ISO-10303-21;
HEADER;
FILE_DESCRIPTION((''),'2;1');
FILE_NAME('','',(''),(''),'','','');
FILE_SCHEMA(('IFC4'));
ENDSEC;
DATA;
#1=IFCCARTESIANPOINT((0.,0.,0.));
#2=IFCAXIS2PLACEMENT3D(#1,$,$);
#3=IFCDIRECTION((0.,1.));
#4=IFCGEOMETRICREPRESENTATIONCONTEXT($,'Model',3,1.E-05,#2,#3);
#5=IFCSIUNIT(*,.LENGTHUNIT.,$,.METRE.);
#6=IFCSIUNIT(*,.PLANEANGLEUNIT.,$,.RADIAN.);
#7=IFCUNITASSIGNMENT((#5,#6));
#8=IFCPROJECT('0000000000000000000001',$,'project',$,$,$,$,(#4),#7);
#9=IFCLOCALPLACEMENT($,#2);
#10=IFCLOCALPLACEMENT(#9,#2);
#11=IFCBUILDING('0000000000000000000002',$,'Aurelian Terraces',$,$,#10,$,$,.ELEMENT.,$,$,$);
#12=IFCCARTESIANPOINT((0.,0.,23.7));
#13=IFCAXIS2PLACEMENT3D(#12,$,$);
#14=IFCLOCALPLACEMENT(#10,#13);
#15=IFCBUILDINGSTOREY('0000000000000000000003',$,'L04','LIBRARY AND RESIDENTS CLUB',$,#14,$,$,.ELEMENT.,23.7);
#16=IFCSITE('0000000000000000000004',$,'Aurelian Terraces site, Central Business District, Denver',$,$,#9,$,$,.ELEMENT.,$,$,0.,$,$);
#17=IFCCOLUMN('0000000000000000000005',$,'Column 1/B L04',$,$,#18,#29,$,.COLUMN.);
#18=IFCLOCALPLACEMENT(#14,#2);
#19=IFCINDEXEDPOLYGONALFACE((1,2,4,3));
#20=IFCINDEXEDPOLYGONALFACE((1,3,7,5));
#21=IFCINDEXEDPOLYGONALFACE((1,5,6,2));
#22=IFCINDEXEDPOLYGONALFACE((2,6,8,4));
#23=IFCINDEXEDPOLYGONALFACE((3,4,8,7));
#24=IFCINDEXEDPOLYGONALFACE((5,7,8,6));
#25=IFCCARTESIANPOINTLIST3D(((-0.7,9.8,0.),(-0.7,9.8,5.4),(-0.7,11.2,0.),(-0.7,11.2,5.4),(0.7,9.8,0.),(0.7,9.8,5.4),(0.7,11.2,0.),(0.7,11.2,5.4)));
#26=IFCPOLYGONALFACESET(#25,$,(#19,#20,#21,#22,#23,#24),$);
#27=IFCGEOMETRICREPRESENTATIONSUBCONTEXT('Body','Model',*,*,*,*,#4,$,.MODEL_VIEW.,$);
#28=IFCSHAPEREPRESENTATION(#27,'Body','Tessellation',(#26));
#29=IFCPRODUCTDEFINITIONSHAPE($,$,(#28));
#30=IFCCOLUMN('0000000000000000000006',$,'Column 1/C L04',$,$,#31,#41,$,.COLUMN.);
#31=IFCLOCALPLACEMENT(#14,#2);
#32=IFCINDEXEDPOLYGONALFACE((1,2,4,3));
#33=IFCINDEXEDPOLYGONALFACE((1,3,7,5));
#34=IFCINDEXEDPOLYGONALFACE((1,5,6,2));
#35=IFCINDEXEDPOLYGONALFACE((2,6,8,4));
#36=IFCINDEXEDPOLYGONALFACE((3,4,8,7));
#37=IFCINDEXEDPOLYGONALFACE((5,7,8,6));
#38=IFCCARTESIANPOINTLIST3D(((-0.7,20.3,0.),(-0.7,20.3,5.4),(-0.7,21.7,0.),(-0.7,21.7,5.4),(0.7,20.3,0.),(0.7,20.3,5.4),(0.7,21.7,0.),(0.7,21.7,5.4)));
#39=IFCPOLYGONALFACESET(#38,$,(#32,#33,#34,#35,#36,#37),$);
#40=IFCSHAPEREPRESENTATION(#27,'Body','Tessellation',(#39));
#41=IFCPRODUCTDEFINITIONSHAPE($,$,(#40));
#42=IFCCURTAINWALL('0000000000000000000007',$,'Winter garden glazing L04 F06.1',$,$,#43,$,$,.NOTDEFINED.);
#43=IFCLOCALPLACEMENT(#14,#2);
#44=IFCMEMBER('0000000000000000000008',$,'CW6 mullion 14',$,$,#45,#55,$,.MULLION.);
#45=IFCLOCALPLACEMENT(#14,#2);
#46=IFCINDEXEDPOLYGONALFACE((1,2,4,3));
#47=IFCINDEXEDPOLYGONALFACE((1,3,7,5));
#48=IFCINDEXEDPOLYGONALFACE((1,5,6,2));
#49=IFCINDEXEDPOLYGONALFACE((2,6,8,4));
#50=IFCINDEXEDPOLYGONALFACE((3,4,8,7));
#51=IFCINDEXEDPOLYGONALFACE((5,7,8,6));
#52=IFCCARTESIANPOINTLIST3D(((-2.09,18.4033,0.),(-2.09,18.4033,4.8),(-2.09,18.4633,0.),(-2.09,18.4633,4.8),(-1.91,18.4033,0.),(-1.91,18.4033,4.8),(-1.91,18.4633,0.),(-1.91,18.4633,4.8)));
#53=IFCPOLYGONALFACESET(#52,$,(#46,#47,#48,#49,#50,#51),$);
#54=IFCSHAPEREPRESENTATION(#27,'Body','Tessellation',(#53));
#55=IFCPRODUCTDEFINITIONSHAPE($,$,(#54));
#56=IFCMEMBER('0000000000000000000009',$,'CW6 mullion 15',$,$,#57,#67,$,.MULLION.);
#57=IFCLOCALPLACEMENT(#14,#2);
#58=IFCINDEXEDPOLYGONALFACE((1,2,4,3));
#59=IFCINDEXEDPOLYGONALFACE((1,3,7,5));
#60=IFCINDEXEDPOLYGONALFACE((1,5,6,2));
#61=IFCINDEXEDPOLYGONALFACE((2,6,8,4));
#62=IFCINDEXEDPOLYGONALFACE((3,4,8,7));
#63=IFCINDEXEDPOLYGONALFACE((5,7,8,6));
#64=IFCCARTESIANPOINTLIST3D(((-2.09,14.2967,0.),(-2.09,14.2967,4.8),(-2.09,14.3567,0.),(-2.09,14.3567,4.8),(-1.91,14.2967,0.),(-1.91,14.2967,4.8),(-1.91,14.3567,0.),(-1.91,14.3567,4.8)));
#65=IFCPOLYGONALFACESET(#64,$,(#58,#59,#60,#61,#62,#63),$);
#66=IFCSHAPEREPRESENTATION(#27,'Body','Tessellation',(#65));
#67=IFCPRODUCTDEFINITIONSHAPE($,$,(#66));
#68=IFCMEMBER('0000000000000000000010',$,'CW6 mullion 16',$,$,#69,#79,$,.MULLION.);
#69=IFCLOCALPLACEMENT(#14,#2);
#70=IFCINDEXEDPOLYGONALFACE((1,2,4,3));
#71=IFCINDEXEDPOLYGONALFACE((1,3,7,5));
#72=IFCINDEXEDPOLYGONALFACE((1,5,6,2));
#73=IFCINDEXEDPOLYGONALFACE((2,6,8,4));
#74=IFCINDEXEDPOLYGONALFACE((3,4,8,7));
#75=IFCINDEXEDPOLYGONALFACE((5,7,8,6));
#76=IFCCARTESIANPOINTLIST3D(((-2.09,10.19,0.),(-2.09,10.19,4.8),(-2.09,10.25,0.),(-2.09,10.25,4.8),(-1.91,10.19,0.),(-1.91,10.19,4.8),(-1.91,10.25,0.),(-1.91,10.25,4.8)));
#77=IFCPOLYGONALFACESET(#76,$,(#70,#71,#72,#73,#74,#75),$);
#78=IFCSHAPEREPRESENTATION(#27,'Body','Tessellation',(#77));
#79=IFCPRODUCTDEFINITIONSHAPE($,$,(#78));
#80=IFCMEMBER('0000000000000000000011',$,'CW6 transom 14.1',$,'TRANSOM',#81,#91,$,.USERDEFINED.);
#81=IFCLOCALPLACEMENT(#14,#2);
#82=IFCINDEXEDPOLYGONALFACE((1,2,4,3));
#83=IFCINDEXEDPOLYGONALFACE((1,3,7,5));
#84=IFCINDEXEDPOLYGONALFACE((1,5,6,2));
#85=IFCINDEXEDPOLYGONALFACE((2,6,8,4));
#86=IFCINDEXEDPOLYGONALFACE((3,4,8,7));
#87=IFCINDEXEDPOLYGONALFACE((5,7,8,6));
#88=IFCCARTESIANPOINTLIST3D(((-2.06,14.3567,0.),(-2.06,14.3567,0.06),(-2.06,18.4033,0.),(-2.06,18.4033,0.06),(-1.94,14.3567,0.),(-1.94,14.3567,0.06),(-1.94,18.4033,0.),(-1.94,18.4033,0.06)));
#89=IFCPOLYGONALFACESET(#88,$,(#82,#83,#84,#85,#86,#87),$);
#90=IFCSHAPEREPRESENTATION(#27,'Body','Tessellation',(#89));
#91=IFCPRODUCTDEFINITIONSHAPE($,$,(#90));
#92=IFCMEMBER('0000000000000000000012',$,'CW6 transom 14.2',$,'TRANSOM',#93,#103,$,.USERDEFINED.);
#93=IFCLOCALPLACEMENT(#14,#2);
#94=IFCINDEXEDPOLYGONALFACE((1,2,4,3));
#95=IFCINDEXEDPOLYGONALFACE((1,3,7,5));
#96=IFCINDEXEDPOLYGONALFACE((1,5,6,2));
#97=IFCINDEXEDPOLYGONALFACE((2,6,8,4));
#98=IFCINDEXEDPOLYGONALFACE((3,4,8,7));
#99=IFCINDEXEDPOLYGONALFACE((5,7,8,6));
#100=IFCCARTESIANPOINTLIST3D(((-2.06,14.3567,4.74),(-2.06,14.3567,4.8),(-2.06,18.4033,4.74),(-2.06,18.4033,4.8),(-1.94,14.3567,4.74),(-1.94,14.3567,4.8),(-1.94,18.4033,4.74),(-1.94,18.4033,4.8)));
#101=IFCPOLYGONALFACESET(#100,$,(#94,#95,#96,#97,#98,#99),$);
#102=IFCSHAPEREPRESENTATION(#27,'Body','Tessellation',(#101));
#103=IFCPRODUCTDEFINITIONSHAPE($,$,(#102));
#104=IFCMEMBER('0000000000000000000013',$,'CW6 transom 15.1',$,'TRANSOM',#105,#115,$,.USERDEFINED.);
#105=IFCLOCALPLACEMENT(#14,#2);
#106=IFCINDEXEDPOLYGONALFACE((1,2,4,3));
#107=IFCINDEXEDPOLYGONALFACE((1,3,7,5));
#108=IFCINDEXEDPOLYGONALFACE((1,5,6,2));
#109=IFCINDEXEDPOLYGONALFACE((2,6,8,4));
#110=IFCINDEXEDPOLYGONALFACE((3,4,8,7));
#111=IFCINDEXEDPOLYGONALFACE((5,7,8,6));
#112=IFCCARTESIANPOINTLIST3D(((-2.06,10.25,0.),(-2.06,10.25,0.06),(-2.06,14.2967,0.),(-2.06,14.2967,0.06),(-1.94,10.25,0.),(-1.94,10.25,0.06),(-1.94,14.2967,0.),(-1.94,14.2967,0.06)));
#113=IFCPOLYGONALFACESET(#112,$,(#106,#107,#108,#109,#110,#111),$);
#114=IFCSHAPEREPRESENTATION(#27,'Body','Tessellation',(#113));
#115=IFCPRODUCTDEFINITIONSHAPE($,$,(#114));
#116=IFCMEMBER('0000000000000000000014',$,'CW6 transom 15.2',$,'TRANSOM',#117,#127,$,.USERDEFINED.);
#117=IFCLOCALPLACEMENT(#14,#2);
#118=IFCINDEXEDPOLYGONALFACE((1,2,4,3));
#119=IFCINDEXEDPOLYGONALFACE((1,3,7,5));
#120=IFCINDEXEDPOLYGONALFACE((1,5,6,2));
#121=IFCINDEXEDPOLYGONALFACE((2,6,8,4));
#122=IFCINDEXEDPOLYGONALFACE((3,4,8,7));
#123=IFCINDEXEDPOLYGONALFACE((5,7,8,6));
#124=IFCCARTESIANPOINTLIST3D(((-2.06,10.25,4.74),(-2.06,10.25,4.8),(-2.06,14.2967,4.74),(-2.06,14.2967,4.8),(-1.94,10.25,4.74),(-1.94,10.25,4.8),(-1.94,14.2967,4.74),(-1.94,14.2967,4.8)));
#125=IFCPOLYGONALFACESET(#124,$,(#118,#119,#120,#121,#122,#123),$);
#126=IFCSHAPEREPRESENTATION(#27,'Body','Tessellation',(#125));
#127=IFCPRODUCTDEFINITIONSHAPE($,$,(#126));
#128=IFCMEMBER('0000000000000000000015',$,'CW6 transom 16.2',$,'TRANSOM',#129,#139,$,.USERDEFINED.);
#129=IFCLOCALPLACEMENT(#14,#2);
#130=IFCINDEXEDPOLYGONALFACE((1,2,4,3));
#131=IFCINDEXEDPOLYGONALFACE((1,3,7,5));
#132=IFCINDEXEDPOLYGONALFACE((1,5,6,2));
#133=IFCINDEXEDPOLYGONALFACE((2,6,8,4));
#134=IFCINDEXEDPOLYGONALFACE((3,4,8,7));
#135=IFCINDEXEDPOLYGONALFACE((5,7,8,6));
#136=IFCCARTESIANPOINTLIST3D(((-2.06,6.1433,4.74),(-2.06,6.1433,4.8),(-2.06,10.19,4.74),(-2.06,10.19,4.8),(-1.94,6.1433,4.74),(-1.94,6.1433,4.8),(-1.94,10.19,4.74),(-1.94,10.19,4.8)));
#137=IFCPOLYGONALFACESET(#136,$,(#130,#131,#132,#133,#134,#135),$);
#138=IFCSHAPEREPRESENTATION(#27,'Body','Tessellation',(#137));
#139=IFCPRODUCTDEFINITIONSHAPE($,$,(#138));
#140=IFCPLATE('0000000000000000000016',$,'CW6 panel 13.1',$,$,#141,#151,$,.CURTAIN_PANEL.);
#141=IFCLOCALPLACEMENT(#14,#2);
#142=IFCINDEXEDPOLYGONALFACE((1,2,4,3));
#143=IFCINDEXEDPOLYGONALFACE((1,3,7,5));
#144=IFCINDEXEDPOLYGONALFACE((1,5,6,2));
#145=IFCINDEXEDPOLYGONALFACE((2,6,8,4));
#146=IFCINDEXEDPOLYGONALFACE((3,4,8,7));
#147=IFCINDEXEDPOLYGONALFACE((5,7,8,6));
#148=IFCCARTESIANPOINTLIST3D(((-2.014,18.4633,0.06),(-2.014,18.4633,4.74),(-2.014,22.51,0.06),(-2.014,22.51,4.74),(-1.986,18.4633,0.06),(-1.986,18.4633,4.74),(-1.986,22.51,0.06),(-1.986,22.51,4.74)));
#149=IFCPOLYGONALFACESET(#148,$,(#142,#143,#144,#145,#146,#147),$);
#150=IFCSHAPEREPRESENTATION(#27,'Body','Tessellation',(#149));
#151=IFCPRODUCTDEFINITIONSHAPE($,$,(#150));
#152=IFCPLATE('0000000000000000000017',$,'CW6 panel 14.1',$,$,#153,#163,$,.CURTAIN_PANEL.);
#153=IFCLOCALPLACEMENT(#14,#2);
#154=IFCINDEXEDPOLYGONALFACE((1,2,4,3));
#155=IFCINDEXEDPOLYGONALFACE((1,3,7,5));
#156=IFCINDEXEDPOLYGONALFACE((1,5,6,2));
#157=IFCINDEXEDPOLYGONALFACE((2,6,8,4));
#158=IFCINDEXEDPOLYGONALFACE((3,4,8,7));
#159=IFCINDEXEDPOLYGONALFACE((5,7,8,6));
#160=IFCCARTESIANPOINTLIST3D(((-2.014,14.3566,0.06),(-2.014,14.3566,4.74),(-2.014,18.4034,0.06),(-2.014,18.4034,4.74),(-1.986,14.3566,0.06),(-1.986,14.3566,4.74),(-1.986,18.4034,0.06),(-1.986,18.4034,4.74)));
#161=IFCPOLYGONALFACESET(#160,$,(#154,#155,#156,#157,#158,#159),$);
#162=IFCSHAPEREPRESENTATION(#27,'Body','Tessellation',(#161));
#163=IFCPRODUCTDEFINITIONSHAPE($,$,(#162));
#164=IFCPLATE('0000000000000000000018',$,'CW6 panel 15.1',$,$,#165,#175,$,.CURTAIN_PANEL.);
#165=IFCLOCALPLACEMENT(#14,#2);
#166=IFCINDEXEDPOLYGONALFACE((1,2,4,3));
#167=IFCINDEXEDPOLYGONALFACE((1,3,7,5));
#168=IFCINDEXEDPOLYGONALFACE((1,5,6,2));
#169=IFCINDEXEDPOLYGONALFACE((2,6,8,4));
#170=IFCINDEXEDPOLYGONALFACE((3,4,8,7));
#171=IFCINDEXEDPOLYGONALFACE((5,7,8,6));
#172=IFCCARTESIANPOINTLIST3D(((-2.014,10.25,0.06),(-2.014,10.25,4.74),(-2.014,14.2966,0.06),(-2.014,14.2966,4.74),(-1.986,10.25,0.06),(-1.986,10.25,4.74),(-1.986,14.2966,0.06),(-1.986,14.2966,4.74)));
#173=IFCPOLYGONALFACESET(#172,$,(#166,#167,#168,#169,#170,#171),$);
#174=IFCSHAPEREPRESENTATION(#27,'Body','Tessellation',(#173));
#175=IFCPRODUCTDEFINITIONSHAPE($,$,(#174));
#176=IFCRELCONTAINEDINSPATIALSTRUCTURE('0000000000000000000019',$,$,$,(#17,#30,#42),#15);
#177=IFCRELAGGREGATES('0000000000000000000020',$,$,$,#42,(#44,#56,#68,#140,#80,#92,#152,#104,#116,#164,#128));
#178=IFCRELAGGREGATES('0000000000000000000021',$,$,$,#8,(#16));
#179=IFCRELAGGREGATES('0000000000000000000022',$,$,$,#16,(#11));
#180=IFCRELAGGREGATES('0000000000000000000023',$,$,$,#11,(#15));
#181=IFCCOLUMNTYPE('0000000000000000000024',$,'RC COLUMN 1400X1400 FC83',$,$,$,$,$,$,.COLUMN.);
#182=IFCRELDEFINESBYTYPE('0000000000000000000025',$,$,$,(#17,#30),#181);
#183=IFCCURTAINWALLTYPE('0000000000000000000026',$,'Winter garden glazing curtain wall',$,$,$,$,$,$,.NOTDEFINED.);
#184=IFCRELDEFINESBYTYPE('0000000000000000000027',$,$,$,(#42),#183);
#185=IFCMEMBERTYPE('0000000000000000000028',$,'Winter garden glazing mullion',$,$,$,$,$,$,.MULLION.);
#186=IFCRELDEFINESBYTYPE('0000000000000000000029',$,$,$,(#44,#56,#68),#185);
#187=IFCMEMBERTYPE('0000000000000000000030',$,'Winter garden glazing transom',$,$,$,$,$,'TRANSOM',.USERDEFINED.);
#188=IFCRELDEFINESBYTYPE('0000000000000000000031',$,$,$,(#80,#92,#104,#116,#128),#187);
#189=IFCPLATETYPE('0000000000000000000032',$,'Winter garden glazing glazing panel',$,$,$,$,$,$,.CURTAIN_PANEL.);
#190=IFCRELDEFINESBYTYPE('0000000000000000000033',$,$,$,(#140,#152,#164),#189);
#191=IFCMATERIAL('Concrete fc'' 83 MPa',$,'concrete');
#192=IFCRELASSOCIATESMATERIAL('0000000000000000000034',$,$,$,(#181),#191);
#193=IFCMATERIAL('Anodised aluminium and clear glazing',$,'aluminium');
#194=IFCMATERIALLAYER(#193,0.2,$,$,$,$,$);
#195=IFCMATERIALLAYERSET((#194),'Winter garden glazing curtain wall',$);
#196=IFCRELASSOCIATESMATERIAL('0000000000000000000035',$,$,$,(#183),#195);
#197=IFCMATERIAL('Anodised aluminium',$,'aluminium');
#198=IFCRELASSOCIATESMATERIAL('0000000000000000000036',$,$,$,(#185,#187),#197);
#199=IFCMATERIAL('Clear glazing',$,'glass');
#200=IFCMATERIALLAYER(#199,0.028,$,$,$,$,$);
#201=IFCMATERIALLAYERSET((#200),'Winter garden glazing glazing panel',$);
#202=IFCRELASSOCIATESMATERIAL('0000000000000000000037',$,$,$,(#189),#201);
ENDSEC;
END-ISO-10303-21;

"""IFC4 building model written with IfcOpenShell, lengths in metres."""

from ifc_helpers import new_model, si_unit, direction, frame, origin, origin_2d, place, context, subcontext, project, spatial, rectangle, extrude, source, transform, mapped, material, layer, layer_set, material_profile, profile_set, type_object, element, aggregate, save


model = new_model("IFC4")

# Units and contexts
model_context = context("Model", 3, precision=1e-05, world=origin(), true_north=direction((0.0, 1.0)))
body_context = subcontext(model_context, "Body", "Model", "MODEL_VIEW")
ifc_project = project(units=[si_unit("LENGTHUNIT", "METRE"), si_unit("PLANEANGLEUNIT", "RADIAN")], contexts=[model_context])

# Site, building, storey
site_placement = place(None, origin())
site = spatial("IfcSite", under=ifc_project, at=site_placement, Name="Aurelian Terraces site, Central Business District, Denver", CompositionType="ELEMENT", RefElevation=0.0)
building_placement = place(site_placement, origin())
building = spatial("IfcBuilding", under=site, at=building_placement, Name="Aurelian Terraces", CompositionType="ELEMENT")
storey_placement = place(building_placement, frame((0.0, 0.0, 23.7)))
storey = spatial("IfcBuildingStorey", under=building, at=storey_placement, Name="L04", Description="LIBRARY AND RESIDENTS CLUB", CompositionType="ELEMENT", Elevation=23.7)

# Columns
ifc_material_1 = material(Name="Concrete fc' 83 MPa", Category="concrete")
ifc_material_profile_1 = material_profile(ifc_material_1, rectangle(XDim=1.4, YDim=1.4, at=origin_2d()))
ifc_profile_set_1 = profile_set([ifc_material_profile_1], Name="Concrete fc' 83 MPa")
column_type = type_object("IfcColumnType", Name="RC COLUMN 1400X1400 FC83", PredefinedType="COLUMN", material=ifc_profile_set_1)
shared_shape_1 = source(origin(), body_context, "Body", "SweptSolid", [
    extrude(rectangle(XDim=1.4, YDim=1.4, at=origin_2d()), origin(), (0.0, 0.0, 1.0), 5.4),
])
for number, where, z_axis, x_axis, name in (
    (1, (0.0, 10.5, 0.0), (0.0, 0.0, 1.0), (1.0, 0.0, 0.0), "Column 1/B L04"),
    (2, (0.0, 21.0, 0.0), (0.0, 0.0, 1.0), (1.0, 0.0, 0.0), "Column 1/C L04"),
):
    element("IfcColumn", number, at=place(storey_placement, frame(where, z_axis=z_axis, x_axis=x_axis)), inside=storey, type_object=column_type, Name=name, PredefinedType="COLUMN", context=body_context, shape_type="MappedRepresentation", body=[
        mapped(shared_shape_1, transform((0.0, 0.0, 0.0), scale=1.0)),
    ])

# Curtain wall, members, plates
ifc_material_2 = material(Name="Anodised aluminium and clear glazing", Category="aluminium")
ifc_layer_1 = layer(ifc_material_2, 0.2)
ifc_layer_set_1 = layer_set([ifc_layer_1], Name="Winter garden glazing curtain wall")
curtain_wall_type = type_object("IfcCurtainWallType", Name="Winter garden glazing curtain wall", PredefinedType="NOTDEFINED", material=ifc_layer_set_1)
curtain_wall_placement = place(storey_placement, origin())
curtain_wall = element("IfcCurtainWall", 3, at=curtain_wall_placement, inside=storey, type_object=curtain_wall_type, Name="Winter garden glazing L04 F06.1", PredefinedType="NOTDEFINED")
ifc_material_3 = material(Name="Anodised aluminium", Category="aluminium")
ifc_material_profile_2 = material_profile(ifc_material_3, rectangle(XDim=0.18, YDim=0.06, at=origin_2d()))
ifc_profile_set_2 = profile_set([ifc_material_profile_2], Name="Anodised aluminium")
member_type_1 = type_object("IfcMemberType", Name="Winter garden glazing mullion", PredefinedType="MULLION", material=ifc_profile_set_2)
shared_shape_2 = source(origin(), body_context, "Body", "SweptSolid", [
    extrude(rectangle(XDim=0.18, YDim=0.06, at=origin_2d()), origin(), (0.0, 0.0, 1.0), 4.8),
])
member_1_placement = place(storey_placement, frame((-2.0, 18.4333, 0.0), z_axis=(0.0, 0.0, 1.0), x_axis=(1.0, 0.0, 0.0)))
member_1 = element("IfcMember", 4, at=member_1_placement, type_object=member_type_1, Name="CW6 mullion 14", PredefinedType="MULLION", context=body_context, shape_type="MappedRepresentation", body=[
    mapped(shared_shape_2, transform((0.0, 0.0, 0.0), scale=1.0)),
])
member_2_placement = place(storey_placement, frame((-2.0, 14.3267, 0.0), z_axis=(0.0, 0.0, 1.0), x_axis=(1.0, 0.0, 0.0)))
member_2 = element("IfcMember", 5, at=member_2_placement, type_object=member_type_1, Name="CW6 mullion 15", PredefinedType="MULLION", context=body_context, shape_type="MappedRepresentation", body=[
    mapped(shared_shape_2, transform((0.0, 0.0, 0.0), scale=1.0)),
])
member_3_placement = place(storey_placement, frame((-2.0, 10.22, 0.0), z_axis=(0.0, 0.0, 1.0), x_axis=(1.0, 0.0, 0.0)))
member_3 = element("IfcMember", 6, at=member_3_placement, type_object=member_type_1, Name="CW6 mullion 16", PredefinedType="MULLION", context=body_context, shape_type="MappedRepresentation", body=[
    mapped(shared_shape_2, transform((0.0, 0.0, 0.0), scale=1.0)),
])
ifc_material_profile_3 = material_profile(ifc_material_3, rectangle(XDim=0.12, YDim=0.06, at=origin_2d()))
ifc_profile_set_3 = profile_set([ifc_material_profile_3], Name="Anodised aluminium")
member_type_2 = type_object("IfcMemberType", Name="Winter garden glazing transom", ElementType="TRANSOM", PredefinedType="USERDEFINED", material=ifc_profile_set_3)
shared_shape_3 = source(origin(), body_context, "Body", "SweptSolid", [
    extrude(rectangle(XDim=0.12, YDim=0.06, at=origin_2d()), origin(), (0.0, 0.0, 1.0), 4.0466),
])
member_4_placement = place(storey_placement, frame((-2.0, 18.4033, 0.03), z_axis=(0.0, -1.0, 0.0), x_axis=(1.0, 0.0, 0.0)))
member_4 = element("IfcMember", 7, at=member_4_placement, type_object=member_type_2, Name="CW6 transom 14.1", ObjectType="TRANSOM", PredefinedType="USERDEFINED", context=body_context, shape_type="MappedRepresentation", body=[
    mapped(shared_shape_3, transform((0.0, 0.0, 0.0), scale=1.0)),
])
member_5_placement = place(storey_placement, frame((-2.0, 18.4033, 4.77), z_axis=(0.0, -1.0, 0.0), x_axis=(1.0, 0.0, 0.0)))
member_5 = element("IfcMember", 8, at=member_5_placement, type_object=member_type_2, Name="CW6 transom 14.2", ObjectType="TRANSOM", PredefinedType="USERDEFINED", context=body_context, shape_type="MappedRepresentation", body=[
    mapped(shared_shape_3, transform((0.0, 0.0, 0.0), scale=1.0)),
])
shared_shape_4 = source(origin(), body_context, "Body", "SweptSolid", [
    extrude(rectangle(XDim=0.12, YDim=0.06, at=origin_2d()), origin(), (0.0, 0.0, 1.0), 4.0467),
])
member_6_placement = place(storey_placement, frame((-2.0, 14.2967, 0.03), z_axis=(0.0, -1.0, 0.0), x_axis=(1.0, 0.0, 0.0)))
member_6 = element("IfcMember", 9, at=member_6_placement, type_object=member_type_2, Name="CW6 transom 15.1", ObjectType="TRANSOM", PredefinedType="USERDEFINED", context=body_context, shape_type="MappedRepresentation", body=[
    mapped(shared_shape_4, transform((0.0, 0.0, 0.0), scale=1.0)),
])
member_7_placement = place(storey_placement, frame((-2.0, 14.2967, 4.77), z_axis=(0.0, -1.0, 0.0), x_axis=(1.0, 0.0, 0.0)))
member_7 = element("IfcMember", 10, at=member_7_placement, type_object=member_type_2, Name="CW6 transom 15.2", ObjectType="TRANSOM", PredefinedType="USERDEFINED", context=body_context, shape_type="MappedRepresentation", body=[
    mapped(shared_shape_4, transform((0.0, 0.0, 0.0), scale=1.0)),
])
member_8_placement = place(storey_placement, frame((-2.0, 10.19, 4.77), z_axis=(0.0, -1.0, 0.0), x_axis=(1.0, 0.0, 0.0)))
member_8 = element("IfcMember", 11, at=member_8_placement, type_object=member_type_2, Name="CW6 transom 16.2", ObjectType="TRANSOM", PredefinedType="USERDEFINED", context=body_context, shape_type="MappedRepresentation", body=[
    mapped(shared_shape_4, transform((0.0, 0.0, 0.0), scale=1.0)),
])
ifc_material_4 = material(Name="Clear glazing", Category="glass")
ifc_layer_2 = layer(ifc_material_4, 0.028)
ifc_layer_set_2 = layer_set([ifc_layer_2], Name="Winter garden glazing glazing panel")
plate_type = type_object("IfcPlateType", Name="Winter garden glazing glazing panel", PredefinedType="CURTAIN_PANEL", material=ifc_layer_set_2)
shared_shape_5 = source(origin(), body_context, "Body", "SweptSolid", [
    extrude(rectangle(XDim=4.0467, YDim=0.028, at=origin_2d()), origin(), (0.0, 0.0, 1.0), 4.68),
])
plate_1_placement = place(storey_placement, frame((-2.0, 20.4867, 0.06), z_axis=(0.0, 0.0, 1.0), x_axis=(0.0, -1.0, 0.0)))
plate_1 = element("IfcPlate", 12, at=plate_1_placement, type_object=plate_type, Name="CW6 panel 13.1", PredefinedType="CURTAIN_PANEL", context=body_context, shape_type="MappedRepresentation", body=[
    mapped(shared_shape_5, transform((0.0, 0.0, 0.0), scale=1.0)),
])
plate_2_placement = place(storey_placement, frame((-2.0, 16.38, 0.06), z_axis=(0.0, 0.0, 1.0), x_axis=(0.0, -1.0, 0.0)))
plate_2 = element("IfcPlate", 13, at=plate_2_placement, type_object=plate_type, Name="CW6 panel 14.1", PredefinedType="CURTAIN_PANEL", context=body_context, shape_type="MappedRepresentation", body=[
    mapped(shared_shape_5, transform((0.0, 0.0, 0.0), scale=1.0)),
])
plate_3_placement = place(storey_placement, frame((-2.0, 12.2733, 0.06), z_axis=(0.0, 0.0, 1.0), x_axis=(0.0, -1.0, 0.0)))
plate_3 = element("IfcPlate", 14, at=plate_3_placement, type_object=plate_type, Name="CW6 panel 15.1", PredefinedType="CURTAIN_PANEL", context=body_context, shape_type="MappedRepresentation", body=[
    mapped(shared_shape_5, transform((0.0, 0.0, 0.0), scale=1.0)),
])
aggregate(curtain_wall, [member_1, member_2, member_3, plate_1, member_4, member_5, plate_2, member_6, member_7, plate_3, member_8])

save(model, "model.ifc")
